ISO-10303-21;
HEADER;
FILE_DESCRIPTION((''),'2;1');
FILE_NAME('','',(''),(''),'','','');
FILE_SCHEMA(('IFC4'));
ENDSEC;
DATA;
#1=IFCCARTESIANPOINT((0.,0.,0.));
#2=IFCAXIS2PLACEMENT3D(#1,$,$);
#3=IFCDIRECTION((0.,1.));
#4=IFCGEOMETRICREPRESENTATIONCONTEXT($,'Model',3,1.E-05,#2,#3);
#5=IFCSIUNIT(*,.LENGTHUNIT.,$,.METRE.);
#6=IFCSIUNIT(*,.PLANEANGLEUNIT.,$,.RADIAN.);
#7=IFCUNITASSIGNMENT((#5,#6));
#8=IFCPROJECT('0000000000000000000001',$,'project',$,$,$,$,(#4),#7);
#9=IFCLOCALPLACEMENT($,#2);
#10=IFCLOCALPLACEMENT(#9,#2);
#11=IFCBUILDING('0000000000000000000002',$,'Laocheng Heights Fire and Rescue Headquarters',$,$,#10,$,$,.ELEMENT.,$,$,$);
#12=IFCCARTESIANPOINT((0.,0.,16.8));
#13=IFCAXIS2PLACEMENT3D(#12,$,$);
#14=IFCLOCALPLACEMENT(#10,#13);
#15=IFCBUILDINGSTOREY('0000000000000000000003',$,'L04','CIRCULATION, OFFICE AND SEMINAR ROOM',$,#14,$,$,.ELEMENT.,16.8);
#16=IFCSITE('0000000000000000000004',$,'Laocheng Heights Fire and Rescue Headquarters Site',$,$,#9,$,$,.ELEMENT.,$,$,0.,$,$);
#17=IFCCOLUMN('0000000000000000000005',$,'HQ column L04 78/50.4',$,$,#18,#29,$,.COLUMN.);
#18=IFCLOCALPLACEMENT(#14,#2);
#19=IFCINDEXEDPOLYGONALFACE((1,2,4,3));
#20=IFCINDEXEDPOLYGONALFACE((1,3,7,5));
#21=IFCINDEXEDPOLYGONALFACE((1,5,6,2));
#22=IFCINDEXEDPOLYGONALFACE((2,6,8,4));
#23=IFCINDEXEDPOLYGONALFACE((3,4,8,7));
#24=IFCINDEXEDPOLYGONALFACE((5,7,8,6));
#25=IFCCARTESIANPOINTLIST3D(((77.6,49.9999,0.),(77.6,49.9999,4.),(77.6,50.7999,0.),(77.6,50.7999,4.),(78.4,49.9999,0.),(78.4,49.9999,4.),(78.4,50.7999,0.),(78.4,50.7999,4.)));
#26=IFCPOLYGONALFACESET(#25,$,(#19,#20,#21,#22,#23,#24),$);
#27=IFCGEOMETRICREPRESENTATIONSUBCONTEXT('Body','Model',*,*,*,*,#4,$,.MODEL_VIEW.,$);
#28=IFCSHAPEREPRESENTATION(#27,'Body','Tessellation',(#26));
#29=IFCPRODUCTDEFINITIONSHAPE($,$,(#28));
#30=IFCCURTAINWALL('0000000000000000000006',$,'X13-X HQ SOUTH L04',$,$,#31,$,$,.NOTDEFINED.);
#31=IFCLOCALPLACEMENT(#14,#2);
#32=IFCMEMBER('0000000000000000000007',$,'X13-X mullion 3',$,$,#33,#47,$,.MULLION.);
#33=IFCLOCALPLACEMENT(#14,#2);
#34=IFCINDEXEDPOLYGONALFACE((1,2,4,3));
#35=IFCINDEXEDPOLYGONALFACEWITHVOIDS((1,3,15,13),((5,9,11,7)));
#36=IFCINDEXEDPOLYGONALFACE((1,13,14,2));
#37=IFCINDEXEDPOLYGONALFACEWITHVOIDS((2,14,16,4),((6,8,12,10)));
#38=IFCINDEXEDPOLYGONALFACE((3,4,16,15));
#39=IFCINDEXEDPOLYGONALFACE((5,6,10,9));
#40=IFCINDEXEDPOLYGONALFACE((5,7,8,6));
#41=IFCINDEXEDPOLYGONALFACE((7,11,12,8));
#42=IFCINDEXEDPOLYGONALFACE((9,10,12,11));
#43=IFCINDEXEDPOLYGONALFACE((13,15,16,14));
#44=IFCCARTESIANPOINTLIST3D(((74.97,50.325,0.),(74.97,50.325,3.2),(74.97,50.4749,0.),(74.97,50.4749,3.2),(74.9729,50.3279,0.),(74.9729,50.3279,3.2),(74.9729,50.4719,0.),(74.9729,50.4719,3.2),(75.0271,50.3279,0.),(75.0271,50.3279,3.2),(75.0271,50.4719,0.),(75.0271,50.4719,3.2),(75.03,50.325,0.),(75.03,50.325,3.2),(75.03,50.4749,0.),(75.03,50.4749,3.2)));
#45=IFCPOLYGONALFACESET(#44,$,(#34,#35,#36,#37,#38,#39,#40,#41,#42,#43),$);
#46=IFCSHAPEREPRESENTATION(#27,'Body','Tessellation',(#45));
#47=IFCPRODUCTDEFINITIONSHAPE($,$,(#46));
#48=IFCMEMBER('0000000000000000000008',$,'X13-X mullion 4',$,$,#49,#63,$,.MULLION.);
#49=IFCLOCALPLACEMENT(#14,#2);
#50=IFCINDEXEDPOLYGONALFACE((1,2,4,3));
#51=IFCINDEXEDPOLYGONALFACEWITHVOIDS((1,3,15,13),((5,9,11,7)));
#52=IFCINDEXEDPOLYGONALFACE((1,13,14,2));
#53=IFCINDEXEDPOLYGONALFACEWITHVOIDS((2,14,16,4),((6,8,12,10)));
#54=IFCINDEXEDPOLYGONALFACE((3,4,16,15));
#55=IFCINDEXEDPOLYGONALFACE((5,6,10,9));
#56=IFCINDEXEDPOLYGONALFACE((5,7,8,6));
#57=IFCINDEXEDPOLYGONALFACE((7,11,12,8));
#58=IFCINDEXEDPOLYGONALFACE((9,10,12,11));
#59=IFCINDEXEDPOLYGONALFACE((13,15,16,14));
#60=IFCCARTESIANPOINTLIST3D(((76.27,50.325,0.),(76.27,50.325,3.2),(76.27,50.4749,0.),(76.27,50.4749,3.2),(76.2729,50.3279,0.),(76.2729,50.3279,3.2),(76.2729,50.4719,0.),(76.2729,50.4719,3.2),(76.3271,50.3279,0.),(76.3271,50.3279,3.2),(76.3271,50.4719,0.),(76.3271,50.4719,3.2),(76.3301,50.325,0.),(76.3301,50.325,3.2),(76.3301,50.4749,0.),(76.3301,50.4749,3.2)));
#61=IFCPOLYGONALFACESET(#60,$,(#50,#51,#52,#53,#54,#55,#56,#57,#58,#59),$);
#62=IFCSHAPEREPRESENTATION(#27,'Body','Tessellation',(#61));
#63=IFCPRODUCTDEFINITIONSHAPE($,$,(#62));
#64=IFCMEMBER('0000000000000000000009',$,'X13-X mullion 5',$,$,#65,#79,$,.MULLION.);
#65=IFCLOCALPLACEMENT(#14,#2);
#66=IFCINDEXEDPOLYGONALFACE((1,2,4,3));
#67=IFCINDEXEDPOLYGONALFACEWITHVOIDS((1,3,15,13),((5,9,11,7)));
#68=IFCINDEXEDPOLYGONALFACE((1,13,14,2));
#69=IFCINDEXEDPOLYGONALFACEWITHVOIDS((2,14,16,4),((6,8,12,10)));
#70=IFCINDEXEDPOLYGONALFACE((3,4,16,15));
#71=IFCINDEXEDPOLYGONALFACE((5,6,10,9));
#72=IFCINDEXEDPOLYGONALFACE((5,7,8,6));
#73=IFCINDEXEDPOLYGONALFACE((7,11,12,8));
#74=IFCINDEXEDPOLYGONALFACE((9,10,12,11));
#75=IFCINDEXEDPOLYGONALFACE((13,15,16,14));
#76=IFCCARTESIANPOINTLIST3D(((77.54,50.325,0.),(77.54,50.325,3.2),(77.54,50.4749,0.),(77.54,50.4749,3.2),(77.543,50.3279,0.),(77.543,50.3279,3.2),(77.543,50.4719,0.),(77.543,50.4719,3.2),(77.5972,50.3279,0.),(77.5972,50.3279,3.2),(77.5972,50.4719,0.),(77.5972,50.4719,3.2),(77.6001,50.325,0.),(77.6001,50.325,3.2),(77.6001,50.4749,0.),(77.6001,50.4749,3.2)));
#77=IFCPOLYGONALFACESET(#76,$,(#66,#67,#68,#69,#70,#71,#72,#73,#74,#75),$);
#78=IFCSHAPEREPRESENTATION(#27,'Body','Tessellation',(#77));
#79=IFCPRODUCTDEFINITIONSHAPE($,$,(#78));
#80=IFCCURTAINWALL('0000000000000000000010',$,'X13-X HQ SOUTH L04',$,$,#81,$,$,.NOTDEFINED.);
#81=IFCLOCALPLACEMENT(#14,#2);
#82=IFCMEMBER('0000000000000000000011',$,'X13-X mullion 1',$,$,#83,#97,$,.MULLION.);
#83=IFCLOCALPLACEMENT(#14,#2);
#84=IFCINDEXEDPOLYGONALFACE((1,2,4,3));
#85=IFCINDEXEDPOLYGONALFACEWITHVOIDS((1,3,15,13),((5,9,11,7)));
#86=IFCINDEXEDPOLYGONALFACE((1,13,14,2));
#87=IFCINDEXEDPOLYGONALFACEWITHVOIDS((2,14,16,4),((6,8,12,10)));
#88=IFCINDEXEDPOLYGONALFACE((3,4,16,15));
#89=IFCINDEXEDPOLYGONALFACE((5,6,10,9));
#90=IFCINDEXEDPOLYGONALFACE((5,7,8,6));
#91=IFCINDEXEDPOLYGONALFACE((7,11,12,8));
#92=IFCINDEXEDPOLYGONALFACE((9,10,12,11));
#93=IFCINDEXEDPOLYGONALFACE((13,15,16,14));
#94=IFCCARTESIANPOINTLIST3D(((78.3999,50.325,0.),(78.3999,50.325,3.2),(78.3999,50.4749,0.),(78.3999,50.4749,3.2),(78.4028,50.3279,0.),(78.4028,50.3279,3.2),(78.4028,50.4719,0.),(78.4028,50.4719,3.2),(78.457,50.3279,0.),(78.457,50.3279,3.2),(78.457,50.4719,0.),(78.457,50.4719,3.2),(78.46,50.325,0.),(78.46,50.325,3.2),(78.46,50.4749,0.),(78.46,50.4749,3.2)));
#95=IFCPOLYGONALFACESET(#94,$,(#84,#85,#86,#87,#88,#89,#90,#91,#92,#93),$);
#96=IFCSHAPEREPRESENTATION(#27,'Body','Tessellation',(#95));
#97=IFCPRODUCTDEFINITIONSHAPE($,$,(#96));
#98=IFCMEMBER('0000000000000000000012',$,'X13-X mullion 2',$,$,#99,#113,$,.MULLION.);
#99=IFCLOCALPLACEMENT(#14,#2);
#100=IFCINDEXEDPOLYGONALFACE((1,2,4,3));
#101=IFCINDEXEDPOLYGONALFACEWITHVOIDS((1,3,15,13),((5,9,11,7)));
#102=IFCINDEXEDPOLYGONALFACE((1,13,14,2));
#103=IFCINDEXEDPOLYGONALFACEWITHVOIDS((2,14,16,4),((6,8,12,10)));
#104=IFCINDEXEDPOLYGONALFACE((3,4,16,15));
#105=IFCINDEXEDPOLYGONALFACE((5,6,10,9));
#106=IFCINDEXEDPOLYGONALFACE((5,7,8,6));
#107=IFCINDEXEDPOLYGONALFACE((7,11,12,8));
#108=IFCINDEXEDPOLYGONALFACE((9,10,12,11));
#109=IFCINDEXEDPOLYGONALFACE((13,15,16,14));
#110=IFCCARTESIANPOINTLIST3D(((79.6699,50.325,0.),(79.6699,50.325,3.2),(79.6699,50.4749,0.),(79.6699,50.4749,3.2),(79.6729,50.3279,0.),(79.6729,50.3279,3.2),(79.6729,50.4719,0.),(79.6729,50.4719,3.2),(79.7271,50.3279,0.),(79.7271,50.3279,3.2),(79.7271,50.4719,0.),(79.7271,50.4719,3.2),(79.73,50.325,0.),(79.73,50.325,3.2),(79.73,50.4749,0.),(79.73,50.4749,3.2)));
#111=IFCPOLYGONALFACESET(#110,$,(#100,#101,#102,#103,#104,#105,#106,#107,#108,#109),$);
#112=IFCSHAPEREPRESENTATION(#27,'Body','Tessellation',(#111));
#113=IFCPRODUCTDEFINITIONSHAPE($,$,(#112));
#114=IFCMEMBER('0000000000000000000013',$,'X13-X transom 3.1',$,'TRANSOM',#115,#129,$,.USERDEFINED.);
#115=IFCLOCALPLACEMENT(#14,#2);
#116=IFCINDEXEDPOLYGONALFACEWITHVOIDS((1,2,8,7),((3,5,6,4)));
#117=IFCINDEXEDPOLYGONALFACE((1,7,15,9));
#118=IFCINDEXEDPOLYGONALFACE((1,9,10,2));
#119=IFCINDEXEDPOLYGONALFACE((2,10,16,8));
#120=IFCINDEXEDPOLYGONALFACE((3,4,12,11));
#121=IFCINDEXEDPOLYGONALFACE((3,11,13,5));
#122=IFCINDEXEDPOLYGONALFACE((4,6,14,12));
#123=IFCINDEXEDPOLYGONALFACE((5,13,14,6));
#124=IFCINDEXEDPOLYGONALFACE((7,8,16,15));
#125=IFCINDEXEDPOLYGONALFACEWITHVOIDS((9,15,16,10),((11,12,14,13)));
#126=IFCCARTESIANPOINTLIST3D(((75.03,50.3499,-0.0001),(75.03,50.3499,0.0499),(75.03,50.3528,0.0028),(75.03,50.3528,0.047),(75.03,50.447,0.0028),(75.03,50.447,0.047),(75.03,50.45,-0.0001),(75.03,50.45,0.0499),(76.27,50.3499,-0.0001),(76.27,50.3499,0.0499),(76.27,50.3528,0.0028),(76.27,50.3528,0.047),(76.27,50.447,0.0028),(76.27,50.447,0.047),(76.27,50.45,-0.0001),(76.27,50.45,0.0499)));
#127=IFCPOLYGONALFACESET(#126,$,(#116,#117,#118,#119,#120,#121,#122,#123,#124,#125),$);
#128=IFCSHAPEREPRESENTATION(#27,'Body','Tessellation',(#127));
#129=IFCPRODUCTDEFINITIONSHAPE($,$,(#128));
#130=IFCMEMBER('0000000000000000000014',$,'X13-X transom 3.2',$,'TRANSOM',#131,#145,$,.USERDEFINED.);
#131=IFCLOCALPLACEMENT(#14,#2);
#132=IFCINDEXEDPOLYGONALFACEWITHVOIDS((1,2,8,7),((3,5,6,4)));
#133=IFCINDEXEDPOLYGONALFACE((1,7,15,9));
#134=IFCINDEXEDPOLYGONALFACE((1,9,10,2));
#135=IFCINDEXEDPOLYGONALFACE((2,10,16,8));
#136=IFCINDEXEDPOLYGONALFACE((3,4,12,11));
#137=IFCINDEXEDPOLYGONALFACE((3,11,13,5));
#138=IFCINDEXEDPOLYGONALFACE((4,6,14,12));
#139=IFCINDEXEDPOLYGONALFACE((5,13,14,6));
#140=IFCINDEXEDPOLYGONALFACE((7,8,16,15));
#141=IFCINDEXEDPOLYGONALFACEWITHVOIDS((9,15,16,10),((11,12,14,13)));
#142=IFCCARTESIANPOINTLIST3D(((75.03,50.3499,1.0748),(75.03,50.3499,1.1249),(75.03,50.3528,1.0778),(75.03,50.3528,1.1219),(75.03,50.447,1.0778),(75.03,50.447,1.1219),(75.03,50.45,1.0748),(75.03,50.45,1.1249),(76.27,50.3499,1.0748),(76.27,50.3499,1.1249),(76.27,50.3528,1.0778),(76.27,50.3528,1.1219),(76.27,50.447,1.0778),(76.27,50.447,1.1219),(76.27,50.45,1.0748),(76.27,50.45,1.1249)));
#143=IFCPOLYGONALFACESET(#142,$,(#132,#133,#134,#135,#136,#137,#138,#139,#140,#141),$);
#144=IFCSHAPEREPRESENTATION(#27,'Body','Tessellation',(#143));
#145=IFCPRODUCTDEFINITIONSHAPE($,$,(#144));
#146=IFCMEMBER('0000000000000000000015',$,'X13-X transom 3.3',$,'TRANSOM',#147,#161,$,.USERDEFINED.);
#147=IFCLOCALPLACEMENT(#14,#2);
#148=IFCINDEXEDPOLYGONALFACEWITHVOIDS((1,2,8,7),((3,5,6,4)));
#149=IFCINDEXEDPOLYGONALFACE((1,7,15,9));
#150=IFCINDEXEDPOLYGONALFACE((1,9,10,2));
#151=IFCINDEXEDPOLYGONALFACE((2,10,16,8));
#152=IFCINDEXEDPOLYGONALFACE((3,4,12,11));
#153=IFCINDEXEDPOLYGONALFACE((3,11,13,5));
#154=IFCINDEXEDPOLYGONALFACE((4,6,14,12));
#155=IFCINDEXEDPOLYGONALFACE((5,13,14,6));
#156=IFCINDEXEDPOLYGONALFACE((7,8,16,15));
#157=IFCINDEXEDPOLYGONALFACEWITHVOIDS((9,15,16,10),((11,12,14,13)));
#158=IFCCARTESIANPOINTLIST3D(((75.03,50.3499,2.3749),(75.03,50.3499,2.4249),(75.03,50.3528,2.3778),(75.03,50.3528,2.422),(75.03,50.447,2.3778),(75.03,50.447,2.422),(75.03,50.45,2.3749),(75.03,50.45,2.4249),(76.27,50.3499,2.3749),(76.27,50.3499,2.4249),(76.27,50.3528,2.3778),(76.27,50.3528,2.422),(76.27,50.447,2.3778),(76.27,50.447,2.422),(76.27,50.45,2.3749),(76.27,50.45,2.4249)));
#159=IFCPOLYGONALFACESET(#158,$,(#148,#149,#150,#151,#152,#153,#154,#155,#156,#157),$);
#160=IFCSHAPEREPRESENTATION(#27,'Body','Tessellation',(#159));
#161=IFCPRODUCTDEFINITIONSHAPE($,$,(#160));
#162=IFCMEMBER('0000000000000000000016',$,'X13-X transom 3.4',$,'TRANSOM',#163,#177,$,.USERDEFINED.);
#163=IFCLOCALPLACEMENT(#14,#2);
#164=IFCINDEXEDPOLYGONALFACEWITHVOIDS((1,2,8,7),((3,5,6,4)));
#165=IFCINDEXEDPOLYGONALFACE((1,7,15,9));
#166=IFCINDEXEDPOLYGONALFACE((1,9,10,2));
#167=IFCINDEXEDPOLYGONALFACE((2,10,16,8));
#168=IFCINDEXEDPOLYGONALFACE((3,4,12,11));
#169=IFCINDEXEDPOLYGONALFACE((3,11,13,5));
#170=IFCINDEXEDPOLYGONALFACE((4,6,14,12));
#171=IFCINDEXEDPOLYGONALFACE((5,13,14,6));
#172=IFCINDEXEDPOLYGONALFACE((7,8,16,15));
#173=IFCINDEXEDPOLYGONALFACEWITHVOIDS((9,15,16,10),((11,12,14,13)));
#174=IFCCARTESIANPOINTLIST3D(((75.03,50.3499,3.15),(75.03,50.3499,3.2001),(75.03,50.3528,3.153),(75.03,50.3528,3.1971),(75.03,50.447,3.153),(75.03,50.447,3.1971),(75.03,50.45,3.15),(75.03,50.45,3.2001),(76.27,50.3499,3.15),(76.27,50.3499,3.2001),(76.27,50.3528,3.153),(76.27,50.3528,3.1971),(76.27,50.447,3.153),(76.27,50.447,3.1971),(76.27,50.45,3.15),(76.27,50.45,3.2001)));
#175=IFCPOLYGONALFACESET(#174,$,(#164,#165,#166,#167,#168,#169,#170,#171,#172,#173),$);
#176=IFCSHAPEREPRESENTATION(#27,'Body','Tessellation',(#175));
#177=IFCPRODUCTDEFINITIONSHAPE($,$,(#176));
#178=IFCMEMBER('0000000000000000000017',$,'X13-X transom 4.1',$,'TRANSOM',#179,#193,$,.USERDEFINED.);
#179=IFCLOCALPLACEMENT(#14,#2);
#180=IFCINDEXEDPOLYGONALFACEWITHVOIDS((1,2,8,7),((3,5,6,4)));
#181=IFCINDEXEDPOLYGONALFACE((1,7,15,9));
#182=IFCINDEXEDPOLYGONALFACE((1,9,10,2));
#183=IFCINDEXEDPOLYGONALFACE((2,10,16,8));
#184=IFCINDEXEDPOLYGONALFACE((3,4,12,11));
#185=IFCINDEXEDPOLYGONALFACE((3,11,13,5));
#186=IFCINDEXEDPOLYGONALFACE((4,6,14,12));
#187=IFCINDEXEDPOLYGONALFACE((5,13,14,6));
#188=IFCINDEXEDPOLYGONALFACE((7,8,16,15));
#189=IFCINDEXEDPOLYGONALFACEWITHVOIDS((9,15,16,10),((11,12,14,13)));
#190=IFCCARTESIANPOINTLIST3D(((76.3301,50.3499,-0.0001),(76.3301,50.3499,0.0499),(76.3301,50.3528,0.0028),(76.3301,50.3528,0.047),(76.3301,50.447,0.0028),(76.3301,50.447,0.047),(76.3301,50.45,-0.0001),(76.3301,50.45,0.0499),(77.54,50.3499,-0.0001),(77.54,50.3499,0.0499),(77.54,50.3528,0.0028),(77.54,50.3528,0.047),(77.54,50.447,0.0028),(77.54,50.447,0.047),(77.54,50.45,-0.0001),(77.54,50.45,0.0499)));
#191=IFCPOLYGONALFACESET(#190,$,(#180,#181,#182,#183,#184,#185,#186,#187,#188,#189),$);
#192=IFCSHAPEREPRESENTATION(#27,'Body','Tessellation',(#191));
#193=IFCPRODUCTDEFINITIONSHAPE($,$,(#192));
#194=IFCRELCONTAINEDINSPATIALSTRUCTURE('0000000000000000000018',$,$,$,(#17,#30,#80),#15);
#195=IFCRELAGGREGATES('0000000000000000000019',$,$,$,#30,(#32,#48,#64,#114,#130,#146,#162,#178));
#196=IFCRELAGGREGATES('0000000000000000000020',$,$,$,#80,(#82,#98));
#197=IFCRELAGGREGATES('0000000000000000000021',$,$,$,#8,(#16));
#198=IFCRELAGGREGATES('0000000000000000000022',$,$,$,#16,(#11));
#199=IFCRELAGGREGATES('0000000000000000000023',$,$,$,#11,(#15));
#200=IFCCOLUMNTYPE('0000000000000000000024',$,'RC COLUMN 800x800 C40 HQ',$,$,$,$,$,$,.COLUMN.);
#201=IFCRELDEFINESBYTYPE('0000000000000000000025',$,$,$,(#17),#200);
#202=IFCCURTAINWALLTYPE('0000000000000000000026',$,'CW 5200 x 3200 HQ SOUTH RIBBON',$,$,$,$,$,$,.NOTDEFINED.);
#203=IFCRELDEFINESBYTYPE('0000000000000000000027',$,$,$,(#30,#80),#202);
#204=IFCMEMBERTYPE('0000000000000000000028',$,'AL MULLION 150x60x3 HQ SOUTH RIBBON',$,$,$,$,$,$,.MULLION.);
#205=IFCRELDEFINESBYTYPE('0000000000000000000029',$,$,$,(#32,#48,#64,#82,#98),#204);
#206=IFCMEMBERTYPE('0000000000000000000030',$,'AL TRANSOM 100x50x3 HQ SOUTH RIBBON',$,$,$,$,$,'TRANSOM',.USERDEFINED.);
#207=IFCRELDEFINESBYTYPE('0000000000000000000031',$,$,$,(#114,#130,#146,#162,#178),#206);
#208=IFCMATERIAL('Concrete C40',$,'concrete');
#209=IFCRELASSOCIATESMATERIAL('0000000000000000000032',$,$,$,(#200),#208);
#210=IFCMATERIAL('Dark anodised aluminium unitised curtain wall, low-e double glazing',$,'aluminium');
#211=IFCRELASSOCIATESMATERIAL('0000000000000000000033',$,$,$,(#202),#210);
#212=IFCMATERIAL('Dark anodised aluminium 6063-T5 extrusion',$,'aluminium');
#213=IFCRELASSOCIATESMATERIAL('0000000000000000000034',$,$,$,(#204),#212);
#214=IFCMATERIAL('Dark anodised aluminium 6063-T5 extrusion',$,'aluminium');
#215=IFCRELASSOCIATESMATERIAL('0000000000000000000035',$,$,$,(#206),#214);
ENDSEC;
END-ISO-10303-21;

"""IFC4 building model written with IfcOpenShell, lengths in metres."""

from ifc_helpers import new_model, si_unit, direction, frame, origin, origin_2d, place, context, subcontext, project, spatial, rectangle, hollow_rectangle, extrude, material, material_profile, profile_set, type_object, element, aggregate, save


model = new_model("IFC4")

# Units and contexts
model_context = context("Model", 3, precision=1e-05, world=origin(), true_north=direction((0.0, 1.0)))
body_context = subcontext(model_context, "Body", "Model", "MODEL_VIEW")
ifc_project = project(units=[si_unit("LENGTHUNIT", "METRE"), si_unit("PLANEANGLEUNIT", "RADIAN")], contexts=[model_context])

# Site, building, storey
site_placement = place(None, origin())
site = spatial("IfcSite", under=ifc_project, at=site_placement, Name="Laocheng Heights Fire and Rescue Headquarters Site", CompositionType="ELEMENT", RefElevation=0.0)
building_placement = place(site_placement, origin())
building = spatial("IfcBuilding", under=site, at=building_placement, Name="Laocheng Heights Fire and Rescue Headquarters", CompositionType="ELEMENT")
storey_placement = place(building_placement, frame((0.0, 0.0, 16.8)))
storey = spatial("IfcBuildingStorey", under=building, at=storey_placement, Name="L04", Description="CIRCULATION, OFFICE AND SEMINAR ROOM", CompositionType="ELEMENT", Elevation=16.8)

# Column
ifc_material_1 = material(Name="Concrete C40", Category="concrete")
ifc_material_profile_1 = material_profile(ifc_material_1, rectangle(XDim=0.8, YDim=0.8, at=origin_2d()), Name="RC COLUMN 800x800 C40 HQ")
ifc_profile_set_1 = profile_set([ifc_material_profile_1], Name="Concrete C40")
column_type = type_object("IfcColumnType", Name="RC COLUMN 800x800 C40 HQ", PredefinedType="COLUMN", material=ifc_profile_set_1)
column_placement = place(storey_placement, frame((78.0, 50.3999, 0.0), z_axis=(0.0, 0.0, 1.0), x_axis=(1.0, 0.0, 0.0)))
element("IfcColumn", 1, at=column_placement, inside=storey, type_object=column_type, Name="HQ column L04 78/50.4", PredefinedType="COLUMN", context=body_context, shape_type="SweptSolid", body=[
    extrude(rectangle(XDim=0.8, YDim=0.8, at=origin_2d()), origin(), (0.0, 0.0, 1.0), 4.0),
])

# Curtain walls, members
ifc_material_2 = material(Name="Dark anodised aluminium unitised curtain wall, low-e double glazing", Category="aluminium")
curtain_wall_type = type_object("IfcCurtainWallType", Name="CW 5200 x 3200 HQ SOUTH RIBBON", PredefinedType="NOTDEFINED", material=ifc_material_2)
curtain_wall_1_placement = place(storey_placement, origin())
curtain_wall_1 = element("IfcCurtainWall", 2, at=curtain_wall_1_placement, inside=storey, type_object=curtain_wall_type, Name="X13-X HQ SOUTH L04", PredefinedType="NOTDEFINED")
ifc_material_3 = material(Name="Dark anodised aluminium 6063-T5 extrusion", Category="aluminium")
ifc_material_profile_2 = material_profile(ifc_material_3, hollow_rectangle(XDim=0.1499, YDim=0.0601, WallThickness=0.0029, at=origin_2d()), Name="AL MULLION 150x60x3 HQ SOUTH RIBBON")
ifc_profile_set_2 = profile_set([ifc_material_profile_2], Name="Dark anodised aluminium 6063-T5 extrusion")
member_type_1 = type_object("IfcMemberType", Name="AL MULLION 150x60x3 HQ SOUTH RIBBON", PredefinedType="MULLION", material=ifc_profile_set_2)
member_1_placement = place(storey_placement, frame((75.0, 50.3999, 0.0), z_axis=(0.0, 0.0, 1.0), x_axis=(0.0, 1.0, 0.0)))
member_1 = element("IfcMember", 3, at=member_1_placement, type_object=member_type_1, Name="X13-X mullion 3", PredefinedType="MULLION", context=body_context, shape_type="SweptSolid", body=[
    extrude(hollow_rectangle(XDim=0.1499, YDim=0.0601, WallThickness=0.0029, at=origin_2d()), origin(), (0.0, 0.0, 1.0), 3.2),
])
member_2_placement = place(storey_placement, frame((76.3, 50.3999, 0.0), z_axis=(0.0, 0.0, 1.0), x_axis=(0.0, 1.0, 0.0)))
member_2 = element("IfcMember", 4, at=member_2_placement, type_object=member_type_1, Name="X13-X mullion 4", PredefinedType="MULLION", context=body_context, shape_type="SweptSolid", body=[
    extrude(hollow_rectangle(XDim=0.1499, YDim=0.0601, WallThickness=0.0029, at=origin_2d()), origin(), (0.0, 0.0, 1.0), 3.2),
])
member_3_placement = place(storey_placement, frame((77.5701, 50.3999, 0.0), z_axis=(0.0, 0.0, 1.0), x_axis=(0.0, 1.0, 0.0)))
member_3 = element("IfcMember", 5, at=member_3_placement, type_object=member_type_1, Name="X13-X mullion 5", PredefinedType="MULLION", context=body_context, shape_type="SweptSolid", body=[
    extrude(hollow_rectangle(XDim=0.1499, YDim=0.0601, WallThickness=0.0029, at=origin_2d()), origin(), (0.0, 0.0, 1.0), 3.2),
])
curtain_wall_2_placement = place(storey_placement, origin())
curtain_wall_2 = element("IfcCurtainWall", 6, at=curtain_wall_2_placement, inside=storey, type_object=curtain_wall_type, Name="X13-X HQ SOUTH L04", PredefinedType="NOTDEFINED")
member_4_placement = place(storey_placement, frame((78.4299, 50.3999, 0.0), z_axis=(0.0, 0.0, 1.0), x_axis=(0.0, 1.0, 0.0)))
member_4 = element("IfcMember", 7, at=member_4_placement, type_object=member_type_1, Name="X13-X mullion 1", PredefinedType="MULLION", context=body_context, shape_type="SweptSolid", body=[
    extrude(hollow_rectangle(XDim=0.1499, YDim=0.0601, WallThickness=0.0029, at=origin_2d()), origin(), (0.0, 0.0, 1.0), 3.2),
])
member_5_placement = place(storey_placement, frame((79.7, 50.3999, 0.0), z_axis=(0.0, 0.0, 1.0), x_axis=(0.0, 1.0, 0.0)))
member_5 = element("IfcMember", 8, at=member_5_placement, type_object=member_type_1, Name="X13-X mullion 2", PredefinedType="MULLION", context=body_context, shape_type="SweptSolid", body=[
    extrude(hollow_rectangle(XDim=0.1499, YDim=0.0601, WallThickness=0.0029, at=origin_2d()), origin(), (0.0, 0.0, 1.0), 3.2),
])

# Members
ifc_material_4 = material(Name="Dark anodised aluminium 6063-T5 extrusion", Category="aluminium")
ifc_material_profile_3 = material_profile(ifc_material_4, hollow_rectangle(XDim=0.1001, YDim=0.05, WallThickness=0.0029, at=origin_2d()), Name="AL TRANSOM 100x50x3 HQ SOUTH RIBBON")
ifc_profile_set_3 = profile_set([ifc_material_profile_3], Name="Dark anodised aluminium 6063-T5 extrusion")
member_type_2 = type_object("IfcMemberType", Name="AL TRANSOM 100x50x3 HQ SOUTH RIBBON", ElementType="TRANSOM", PredefinedType="USERDEFINED", material=ifc_profile_set_3)
member_6_placement = place(storey_placement, frame((75.03, 50.3999, 0.0249), z_axis=(1.0, 0.0, 0.0), x_axis=(0.0, 1.0, 0.0)))
member_6 = element("IfcMember", 9, at=member_6_placement, type_object=member_type_2, Name="X13-X transom 3.1", ObjectType="TRANSOM", PredefinedType="USERDEFINED", context=body_context, shape_type="SweptSolid", body=[
    extrude(hollow_rectangle(XDim=0.1001, YDim=0.05, WallThickness=0.0029, at=origin_2d()), origin(), (0.0, 0.0, 1.0), 1.24),
])
member_7_placement = place(storey_placement, frame((75.03, 50.3999, 1.0999), z_axis=(1.0, 0.0, 0.0), x_axis=(0.0, 1.0, 0.0)))
member_7 = element("IfcMember", 10, at=member_7_placement, type_object=member_type_2, Name="X13-X transom 3.2", ObjectType="TRANSOM", PredefinedType="USERDEFINED", context=body_context, shape_type="SweptSolid", body=[
    extrude(hollow_rectangle(XDim=0.1001, YDim=0.05, WallThickness=0.0029, at=origin_2d()), origin(), (0.0, 0.0, 1.0), 1.24),
])
member_8_placement = place(storey_placement, frame((75.03, 50.3999, 2.3999), z_axis=(1.0, 0.0, 0.0), x_axis=(0.0, 1.0, 0.0)))
member_8 = element("IfcMember", 11, at=member_8_placement, type_object=member_type_2, Name="X13-X transom 3.3", ObjectType="TRANSOM", PredefinedType="USERDEFINED", context=body_context, shape_type="SweptSolid", body=[
    extrude(hollow_rectangle(XDim=0.1001, YDim=0.05, WallThickness=0.0029, at=origin_2d()), origin(), (0.0, 0.0, 1.0), 1.24),
])
member_9_placement = place(storey_placement, frame((75.03, 50.3999, 3.175), z_axis=(1.0, 0.0, 0.0), x_axis=(0.0, 1.0, 0.0)))
member_9 = element("IfcMember", 12, at=member_9_placement, type_object=member_type_2, Name="X13-X transom 3.4", ObjectType="TRANSOM", PredefinedType="USERDEFINED", context=body_context, shape_type="SweptSolid", body=[
    extrude(hollow_rectangle(XDim=0.1001, YDim=0.05, WallThickness=0.0029, at=origin_2d()), origin(), (0.0, 0.0, 1.0), 1.24),
])
member_10_placement = place(storey_placement, frame((76.3301, 50.3999, 0.0249), z_axis=(1.0, 0.0, 0.0), x_axis=(0.0, 1.0, 0.0)))
member_10 = element("IfcMember", 13, at=member_10_placement, type_object=member_type_2, Name="X13-X transom 4.1", ObjectType="TRANSOM", PredefinedType="USERDEFINED", context=body_context, shape_type="SweptSolid", body=[
    extrude(hollow_rectangle(XDim=0.1001, YDim=0.05, WallThickness=0.0029, at=origin_2d()), origin(), (0.0, 0.0, 1.0), 1.21),
])

aggregate(curtain_wall_1, [member_1, member_2, member_3, member_6, member_7, member_8, member_9, member_10])
aggregate(curtain_wall_2, [member_4, member_5])

save(model, "model.ifc")
